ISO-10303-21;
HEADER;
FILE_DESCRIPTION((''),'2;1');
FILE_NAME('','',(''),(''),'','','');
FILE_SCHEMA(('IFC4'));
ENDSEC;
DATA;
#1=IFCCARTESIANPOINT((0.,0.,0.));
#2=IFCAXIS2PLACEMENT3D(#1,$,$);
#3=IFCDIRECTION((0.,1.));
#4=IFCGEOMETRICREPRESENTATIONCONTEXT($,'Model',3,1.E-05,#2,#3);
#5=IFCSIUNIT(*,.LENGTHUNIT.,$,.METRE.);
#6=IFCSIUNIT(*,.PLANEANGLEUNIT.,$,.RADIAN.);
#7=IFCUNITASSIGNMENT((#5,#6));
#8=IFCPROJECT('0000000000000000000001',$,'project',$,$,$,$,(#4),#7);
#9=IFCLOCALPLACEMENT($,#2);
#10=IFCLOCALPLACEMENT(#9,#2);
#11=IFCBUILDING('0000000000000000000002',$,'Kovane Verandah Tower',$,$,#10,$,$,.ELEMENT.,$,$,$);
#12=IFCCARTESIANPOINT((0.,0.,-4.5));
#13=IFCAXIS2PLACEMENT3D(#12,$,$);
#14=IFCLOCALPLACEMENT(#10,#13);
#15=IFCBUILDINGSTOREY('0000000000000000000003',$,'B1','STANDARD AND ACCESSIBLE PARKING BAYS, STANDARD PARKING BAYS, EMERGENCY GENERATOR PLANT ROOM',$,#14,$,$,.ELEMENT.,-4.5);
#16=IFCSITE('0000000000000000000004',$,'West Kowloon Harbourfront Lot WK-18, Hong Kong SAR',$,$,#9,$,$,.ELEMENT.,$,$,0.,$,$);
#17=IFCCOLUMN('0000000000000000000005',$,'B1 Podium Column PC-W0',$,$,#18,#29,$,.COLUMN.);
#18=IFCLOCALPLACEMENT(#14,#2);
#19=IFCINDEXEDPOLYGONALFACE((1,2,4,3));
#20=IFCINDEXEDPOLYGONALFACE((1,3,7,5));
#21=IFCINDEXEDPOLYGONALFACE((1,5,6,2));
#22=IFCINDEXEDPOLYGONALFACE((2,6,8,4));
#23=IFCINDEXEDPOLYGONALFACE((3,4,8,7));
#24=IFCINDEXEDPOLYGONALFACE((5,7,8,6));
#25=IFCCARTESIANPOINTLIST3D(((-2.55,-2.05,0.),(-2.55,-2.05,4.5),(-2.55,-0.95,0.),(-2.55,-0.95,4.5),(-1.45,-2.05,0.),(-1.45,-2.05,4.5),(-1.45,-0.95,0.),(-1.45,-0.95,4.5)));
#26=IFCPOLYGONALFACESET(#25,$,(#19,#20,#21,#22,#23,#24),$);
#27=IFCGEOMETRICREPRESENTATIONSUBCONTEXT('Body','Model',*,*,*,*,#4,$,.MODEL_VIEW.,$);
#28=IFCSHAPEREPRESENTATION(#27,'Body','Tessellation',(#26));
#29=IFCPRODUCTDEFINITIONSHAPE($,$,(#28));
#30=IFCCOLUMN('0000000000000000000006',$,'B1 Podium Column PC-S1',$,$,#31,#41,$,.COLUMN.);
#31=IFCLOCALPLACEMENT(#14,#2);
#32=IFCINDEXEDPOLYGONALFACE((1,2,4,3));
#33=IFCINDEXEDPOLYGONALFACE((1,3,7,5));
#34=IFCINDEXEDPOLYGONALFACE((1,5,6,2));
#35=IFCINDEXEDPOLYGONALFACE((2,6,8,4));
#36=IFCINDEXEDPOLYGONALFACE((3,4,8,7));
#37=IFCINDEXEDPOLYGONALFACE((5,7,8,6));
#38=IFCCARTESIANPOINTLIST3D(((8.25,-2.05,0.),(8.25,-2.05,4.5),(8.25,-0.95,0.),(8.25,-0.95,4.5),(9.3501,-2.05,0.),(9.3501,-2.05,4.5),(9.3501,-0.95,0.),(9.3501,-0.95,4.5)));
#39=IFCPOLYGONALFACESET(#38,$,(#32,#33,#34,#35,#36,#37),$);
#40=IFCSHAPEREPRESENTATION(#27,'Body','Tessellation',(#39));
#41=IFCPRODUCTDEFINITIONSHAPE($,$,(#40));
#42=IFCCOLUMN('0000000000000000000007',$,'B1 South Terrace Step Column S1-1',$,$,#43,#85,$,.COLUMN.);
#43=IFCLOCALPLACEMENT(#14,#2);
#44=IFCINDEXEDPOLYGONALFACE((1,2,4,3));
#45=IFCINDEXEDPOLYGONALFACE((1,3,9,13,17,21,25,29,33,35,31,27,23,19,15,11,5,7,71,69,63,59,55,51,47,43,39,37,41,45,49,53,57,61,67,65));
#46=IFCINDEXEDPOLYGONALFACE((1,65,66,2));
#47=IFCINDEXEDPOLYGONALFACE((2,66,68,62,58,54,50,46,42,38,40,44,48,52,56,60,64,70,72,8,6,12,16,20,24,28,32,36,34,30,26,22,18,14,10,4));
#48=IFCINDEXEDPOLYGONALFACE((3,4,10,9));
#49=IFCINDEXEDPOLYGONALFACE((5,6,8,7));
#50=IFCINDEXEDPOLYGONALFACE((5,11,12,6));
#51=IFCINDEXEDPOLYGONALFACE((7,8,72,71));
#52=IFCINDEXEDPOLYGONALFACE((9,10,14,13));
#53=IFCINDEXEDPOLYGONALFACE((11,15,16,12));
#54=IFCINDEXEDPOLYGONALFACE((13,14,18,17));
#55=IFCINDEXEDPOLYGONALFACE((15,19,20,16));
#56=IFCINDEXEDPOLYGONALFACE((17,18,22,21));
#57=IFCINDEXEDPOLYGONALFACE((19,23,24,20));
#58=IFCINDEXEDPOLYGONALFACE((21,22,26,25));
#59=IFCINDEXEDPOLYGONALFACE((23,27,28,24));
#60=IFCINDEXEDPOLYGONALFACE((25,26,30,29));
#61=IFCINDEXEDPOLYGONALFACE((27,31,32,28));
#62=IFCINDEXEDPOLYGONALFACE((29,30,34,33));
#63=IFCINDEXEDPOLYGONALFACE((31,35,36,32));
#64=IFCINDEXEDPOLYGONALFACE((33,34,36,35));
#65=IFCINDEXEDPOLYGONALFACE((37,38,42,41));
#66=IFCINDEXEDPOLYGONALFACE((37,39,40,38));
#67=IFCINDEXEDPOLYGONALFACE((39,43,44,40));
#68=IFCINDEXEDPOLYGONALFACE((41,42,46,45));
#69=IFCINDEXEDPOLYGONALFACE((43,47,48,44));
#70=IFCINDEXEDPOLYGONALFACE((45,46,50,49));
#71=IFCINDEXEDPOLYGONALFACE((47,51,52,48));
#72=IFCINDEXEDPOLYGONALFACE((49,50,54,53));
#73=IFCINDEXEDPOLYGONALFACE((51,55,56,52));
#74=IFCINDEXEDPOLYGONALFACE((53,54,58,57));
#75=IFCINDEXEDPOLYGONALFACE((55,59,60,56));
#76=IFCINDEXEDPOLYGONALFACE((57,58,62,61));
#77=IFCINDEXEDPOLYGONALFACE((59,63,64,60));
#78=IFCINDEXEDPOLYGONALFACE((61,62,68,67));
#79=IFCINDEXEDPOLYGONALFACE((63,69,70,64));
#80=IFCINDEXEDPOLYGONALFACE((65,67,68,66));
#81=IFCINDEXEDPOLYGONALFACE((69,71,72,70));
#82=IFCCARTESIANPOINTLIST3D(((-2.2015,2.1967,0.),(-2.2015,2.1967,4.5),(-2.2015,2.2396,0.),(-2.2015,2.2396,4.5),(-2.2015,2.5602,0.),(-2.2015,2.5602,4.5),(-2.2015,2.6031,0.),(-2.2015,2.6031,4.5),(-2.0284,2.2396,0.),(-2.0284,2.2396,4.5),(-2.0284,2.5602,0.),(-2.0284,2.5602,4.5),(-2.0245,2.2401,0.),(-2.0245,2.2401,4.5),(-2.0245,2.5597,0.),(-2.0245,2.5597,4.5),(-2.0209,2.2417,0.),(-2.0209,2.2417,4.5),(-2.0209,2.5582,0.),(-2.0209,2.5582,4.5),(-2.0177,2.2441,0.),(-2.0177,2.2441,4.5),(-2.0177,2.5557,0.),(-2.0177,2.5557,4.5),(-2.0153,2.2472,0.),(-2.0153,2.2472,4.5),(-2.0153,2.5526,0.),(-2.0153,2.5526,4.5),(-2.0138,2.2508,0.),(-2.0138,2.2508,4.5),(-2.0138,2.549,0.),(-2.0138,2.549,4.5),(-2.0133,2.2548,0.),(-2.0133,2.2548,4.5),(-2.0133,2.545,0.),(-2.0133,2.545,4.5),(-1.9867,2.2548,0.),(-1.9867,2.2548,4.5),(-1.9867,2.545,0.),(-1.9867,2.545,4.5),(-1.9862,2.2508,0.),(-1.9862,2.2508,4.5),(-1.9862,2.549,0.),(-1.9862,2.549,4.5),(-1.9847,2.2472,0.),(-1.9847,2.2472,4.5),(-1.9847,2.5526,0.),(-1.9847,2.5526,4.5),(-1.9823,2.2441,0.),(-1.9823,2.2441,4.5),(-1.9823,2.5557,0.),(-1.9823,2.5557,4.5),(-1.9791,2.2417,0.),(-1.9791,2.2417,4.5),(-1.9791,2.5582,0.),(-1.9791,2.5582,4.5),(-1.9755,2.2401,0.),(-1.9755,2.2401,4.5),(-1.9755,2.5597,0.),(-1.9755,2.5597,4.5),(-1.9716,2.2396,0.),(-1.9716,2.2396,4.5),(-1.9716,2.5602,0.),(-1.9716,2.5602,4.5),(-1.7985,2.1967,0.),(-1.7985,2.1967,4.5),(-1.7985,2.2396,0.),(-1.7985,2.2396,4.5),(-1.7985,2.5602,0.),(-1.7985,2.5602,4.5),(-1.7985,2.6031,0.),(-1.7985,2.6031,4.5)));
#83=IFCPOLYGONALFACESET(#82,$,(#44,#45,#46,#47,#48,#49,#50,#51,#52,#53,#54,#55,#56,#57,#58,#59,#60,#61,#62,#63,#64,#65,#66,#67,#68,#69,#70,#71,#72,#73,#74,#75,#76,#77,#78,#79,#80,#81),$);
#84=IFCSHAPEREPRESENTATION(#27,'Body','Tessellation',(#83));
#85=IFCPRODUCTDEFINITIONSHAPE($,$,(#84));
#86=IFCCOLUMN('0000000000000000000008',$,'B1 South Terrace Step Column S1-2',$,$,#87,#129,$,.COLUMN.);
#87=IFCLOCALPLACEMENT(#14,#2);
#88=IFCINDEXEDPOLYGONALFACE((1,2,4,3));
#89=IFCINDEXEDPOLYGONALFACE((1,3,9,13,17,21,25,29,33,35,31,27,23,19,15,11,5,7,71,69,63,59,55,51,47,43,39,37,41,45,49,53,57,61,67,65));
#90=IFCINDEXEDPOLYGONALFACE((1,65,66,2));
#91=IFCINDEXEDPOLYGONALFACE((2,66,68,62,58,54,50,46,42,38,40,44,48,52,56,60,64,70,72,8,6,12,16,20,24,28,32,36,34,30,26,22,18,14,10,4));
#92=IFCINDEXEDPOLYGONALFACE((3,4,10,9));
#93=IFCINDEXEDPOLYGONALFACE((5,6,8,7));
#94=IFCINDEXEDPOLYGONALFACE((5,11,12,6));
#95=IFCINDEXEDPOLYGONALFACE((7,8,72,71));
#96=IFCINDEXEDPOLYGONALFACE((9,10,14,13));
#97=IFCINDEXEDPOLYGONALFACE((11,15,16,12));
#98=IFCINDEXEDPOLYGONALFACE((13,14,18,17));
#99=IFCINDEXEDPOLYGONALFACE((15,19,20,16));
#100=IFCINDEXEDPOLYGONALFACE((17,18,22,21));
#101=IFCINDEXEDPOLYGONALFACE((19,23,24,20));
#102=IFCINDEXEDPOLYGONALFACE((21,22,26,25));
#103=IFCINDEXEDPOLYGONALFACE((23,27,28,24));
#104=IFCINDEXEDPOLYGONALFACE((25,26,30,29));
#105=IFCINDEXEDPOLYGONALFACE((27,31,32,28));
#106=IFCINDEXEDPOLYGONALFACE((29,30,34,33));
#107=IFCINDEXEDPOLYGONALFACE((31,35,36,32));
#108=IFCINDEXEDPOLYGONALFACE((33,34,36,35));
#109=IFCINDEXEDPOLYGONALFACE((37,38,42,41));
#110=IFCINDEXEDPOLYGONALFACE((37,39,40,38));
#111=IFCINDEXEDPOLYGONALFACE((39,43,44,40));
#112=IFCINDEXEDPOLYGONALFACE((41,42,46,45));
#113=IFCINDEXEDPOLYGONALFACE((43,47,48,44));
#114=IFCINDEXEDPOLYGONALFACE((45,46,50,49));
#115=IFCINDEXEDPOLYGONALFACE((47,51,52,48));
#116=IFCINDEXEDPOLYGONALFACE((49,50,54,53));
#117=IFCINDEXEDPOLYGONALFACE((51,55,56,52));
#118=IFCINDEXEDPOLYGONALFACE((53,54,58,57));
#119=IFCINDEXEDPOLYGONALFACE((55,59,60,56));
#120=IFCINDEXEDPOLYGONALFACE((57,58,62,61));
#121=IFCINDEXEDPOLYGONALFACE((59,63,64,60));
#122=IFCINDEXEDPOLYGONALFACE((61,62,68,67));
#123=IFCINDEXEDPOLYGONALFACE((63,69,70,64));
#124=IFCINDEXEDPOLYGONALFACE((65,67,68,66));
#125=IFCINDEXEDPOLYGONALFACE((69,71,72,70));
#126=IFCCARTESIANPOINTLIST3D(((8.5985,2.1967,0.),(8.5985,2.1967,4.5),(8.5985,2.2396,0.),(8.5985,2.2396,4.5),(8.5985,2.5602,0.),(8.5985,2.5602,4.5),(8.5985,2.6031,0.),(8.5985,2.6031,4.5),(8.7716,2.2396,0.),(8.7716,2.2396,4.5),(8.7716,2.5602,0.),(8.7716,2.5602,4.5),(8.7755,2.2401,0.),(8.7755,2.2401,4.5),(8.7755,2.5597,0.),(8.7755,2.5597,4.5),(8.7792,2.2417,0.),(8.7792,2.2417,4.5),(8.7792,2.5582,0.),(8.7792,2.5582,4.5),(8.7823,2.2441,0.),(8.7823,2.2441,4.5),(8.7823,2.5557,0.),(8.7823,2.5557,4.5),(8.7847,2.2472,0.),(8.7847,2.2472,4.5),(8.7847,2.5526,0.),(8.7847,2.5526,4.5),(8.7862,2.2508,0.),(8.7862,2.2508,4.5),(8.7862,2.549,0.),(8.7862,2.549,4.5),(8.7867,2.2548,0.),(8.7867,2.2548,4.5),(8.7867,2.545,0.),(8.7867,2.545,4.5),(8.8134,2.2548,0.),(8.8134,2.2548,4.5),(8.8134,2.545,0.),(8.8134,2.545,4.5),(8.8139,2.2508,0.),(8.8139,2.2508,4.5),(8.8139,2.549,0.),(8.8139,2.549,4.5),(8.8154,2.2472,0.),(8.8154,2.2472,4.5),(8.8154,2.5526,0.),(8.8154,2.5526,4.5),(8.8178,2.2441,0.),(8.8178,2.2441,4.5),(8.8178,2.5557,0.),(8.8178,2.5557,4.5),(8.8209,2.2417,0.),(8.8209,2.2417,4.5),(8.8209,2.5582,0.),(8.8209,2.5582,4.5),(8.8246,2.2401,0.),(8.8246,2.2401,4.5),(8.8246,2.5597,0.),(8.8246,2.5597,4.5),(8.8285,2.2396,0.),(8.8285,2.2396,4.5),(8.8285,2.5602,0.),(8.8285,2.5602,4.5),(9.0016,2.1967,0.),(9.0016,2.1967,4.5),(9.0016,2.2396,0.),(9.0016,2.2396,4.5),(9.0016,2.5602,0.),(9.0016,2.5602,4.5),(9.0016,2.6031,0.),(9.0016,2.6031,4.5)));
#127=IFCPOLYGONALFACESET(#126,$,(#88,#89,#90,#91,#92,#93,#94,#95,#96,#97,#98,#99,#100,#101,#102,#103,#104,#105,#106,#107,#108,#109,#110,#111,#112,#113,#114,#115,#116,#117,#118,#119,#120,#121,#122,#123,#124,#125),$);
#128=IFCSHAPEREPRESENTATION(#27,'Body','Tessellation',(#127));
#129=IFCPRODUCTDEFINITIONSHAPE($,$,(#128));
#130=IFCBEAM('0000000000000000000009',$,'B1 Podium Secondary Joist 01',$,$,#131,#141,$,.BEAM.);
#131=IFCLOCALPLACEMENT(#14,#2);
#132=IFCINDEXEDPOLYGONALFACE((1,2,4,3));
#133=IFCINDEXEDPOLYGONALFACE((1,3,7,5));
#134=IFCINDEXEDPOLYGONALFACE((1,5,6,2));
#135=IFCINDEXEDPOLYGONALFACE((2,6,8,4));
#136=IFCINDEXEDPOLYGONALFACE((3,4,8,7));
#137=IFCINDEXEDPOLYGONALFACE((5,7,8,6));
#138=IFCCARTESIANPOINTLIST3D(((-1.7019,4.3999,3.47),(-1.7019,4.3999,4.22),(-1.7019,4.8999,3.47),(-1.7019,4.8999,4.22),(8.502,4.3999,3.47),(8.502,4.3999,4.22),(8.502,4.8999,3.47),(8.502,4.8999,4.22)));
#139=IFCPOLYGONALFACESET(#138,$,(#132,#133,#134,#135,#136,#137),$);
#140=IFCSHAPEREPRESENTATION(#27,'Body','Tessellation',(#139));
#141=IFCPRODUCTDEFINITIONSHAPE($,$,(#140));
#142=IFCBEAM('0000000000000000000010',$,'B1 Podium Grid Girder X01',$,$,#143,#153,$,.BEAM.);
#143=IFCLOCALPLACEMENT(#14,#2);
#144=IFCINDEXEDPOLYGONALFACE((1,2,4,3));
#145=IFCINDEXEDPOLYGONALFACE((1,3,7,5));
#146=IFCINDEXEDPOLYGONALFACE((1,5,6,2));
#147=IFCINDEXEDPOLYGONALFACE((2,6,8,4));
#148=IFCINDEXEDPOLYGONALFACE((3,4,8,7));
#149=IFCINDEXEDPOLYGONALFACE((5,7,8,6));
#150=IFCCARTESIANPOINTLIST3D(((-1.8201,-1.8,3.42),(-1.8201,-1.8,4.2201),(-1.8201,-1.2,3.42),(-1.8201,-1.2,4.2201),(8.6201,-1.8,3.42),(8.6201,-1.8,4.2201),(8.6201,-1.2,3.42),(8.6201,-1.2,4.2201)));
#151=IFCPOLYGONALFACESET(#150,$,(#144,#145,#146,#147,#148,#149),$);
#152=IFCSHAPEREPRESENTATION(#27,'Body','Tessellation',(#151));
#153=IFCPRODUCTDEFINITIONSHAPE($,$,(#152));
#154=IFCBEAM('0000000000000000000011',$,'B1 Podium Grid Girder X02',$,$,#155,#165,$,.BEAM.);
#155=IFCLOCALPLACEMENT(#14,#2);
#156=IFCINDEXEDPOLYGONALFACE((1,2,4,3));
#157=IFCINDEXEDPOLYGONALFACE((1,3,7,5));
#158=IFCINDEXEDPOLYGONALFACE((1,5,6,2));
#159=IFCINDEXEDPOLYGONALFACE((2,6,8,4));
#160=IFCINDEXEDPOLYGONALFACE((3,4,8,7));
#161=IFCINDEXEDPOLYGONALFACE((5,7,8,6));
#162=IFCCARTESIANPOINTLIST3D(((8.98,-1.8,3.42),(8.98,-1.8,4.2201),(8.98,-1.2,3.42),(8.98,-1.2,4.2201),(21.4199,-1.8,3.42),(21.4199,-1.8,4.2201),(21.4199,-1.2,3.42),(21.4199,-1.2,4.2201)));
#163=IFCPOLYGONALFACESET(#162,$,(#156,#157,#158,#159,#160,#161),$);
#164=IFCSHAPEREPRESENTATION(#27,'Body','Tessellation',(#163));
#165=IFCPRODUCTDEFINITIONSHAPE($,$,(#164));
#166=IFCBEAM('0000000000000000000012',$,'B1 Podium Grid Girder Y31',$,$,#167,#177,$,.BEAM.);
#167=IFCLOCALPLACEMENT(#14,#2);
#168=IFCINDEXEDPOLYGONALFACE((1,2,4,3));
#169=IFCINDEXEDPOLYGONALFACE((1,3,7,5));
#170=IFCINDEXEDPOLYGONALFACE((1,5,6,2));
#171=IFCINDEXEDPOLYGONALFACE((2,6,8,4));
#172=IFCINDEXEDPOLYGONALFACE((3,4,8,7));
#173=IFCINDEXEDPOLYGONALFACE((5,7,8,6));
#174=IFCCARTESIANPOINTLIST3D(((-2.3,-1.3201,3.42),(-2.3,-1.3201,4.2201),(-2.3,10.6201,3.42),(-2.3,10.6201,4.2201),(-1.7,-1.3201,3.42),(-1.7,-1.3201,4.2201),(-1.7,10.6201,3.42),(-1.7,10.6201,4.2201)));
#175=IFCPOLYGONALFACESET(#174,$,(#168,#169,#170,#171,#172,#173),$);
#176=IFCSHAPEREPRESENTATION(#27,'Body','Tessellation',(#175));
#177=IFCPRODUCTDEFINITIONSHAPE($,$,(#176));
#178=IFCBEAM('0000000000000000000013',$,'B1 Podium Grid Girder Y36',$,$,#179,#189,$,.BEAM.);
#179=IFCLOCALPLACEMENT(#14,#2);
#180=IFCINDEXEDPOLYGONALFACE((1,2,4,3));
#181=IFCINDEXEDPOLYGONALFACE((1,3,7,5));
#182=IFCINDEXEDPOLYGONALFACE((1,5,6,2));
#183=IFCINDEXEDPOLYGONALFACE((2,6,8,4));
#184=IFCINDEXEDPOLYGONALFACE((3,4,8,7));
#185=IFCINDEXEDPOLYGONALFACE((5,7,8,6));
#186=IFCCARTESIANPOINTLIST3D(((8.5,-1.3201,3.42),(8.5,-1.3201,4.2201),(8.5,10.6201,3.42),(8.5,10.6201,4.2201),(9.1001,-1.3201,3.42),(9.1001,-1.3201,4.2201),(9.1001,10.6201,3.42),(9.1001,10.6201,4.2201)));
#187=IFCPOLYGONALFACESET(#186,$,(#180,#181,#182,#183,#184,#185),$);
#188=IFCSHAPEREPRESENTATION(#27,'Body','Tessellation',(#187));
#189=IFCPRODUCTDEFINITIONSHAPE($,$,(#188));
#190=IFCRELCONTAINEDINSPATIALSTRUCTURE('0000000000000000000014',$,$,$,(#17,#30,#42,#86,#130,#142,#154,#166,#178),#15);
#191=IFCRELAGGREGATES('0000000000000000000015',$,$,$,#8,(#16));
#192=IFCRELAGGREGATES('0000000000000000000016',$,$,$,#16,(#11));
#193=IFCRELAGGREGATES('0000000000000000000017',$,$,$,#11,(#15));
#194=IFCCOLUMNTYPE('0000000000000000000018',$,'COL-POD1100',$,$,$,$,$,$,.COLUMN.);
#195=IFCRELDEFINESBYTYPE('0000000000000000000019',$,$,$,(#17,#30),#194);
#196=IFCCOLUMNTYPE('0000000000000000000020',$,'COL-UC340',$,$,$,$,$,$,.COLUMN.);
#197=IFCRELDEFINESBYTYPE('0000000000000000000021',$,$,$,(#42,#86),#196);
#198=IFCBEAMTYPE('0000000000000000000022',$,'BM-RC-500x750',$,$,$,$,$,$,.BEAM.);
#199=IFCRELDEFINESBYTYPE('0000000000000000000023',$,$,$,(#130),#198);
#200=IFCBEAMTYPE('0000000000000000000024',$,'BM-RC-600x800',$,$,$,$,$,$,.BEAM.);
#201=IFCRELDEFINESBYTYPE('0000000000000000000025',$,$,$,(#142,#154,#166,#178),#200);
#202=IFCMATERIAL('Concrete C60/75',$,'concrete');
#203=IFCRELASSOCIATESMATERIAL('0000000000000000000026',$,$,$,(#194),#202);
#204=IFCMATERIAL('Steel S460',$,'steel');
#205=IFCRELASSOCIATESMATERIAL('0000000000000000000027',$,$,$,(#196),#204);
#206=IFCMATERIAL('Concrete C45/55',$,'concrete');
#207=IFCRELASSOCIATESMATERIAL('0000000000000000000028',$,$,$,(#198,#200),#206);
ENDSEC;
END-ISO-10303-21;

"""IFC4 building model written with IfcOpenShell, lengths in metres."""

from ifc_helpers import new_model, si_unit, direction, frame, origin, origin_2d, place, context, subcontext, project, spatial, rectangle, i_section, extrude, material, material_profile, profile_set, type_object, element, save


model = new_model("IFC4")

# Units and contexts
model_context = context("Model", 3, precision=1e-05, world=origin(), true_north=direction((0.0, 1.0)))
body_context = subcontext(model_context, "Body", "Model", "MODEL_VIEW")
ifc_project = project(units=[si_unit("LENGTHUNIT", "METRE"), si_unit("PLANEANGLEUNIT", "RADIAN")], contexts=[model_context])

# Site, building, storey
site_placement = place(None, origin())
site = spatial("IfcSite", under=ifc_project, at=site_placement, Name="West Kowloon Harbourfront Lot WK-18, Hong Kong SAR", CompositionType="ELEMENT", RefElevation=0.0)
building_placement = place(site_placement, origin())
building = spatial("IfcBuilding", under=site, at=building_placement, Name="Kovane Verandah Tower", CompositionType="ELEMENT")
storey_placement = place(building_placement, frame((0.0, 0.0, -4.5)))
storey = spatial("IfcBuildingStorey", under=building, at=storey_placement, Name="B1", Description="STANDARD AND ACCESSIBLE PARKING BAYS, STANDARD PARKING BAYS, EMERGENCY GENERATOR PLANT ROOM", CompositionType="ELEMENT", Elevation=-4.5)

# Columns
ifc_material_1 = material(Name="Concrete C60/75", Category="concrete")
ifc_material_profile_1 = material_profile(ifc_material_1, rectangle(XDim=1.1001, YDim=1.1001, at=origin_2d()), Name="RC1100x1100")
ifc_profile_set_1 = profile_set([ifc_material_profile_1], Name="Concrete C60/75")
column_type_1 = type_object("IfcColumnType", Name="COL-POD1100", PredefinedType="COLUMN", material=ifc_profile_set_1)
for number, where, z_axis, x_axis, name in (
    (1, (-2.0, -1.5, 0.0), (0.0, 0.0, 1.0), (1.0, 0.0, 0.0), "B1 Podium Column PC-W0"),
    (2, (8.8, -1.5, 0.0), (0.0, 0.0, 1.0), (1.0, 0.0, 0.0), "B1 Podium Column PC-S1"),
):
    element("IfcColumn", number, at=place(storey_placement, frame(where, z_axis=z_axis, x_axis=x_axis)), inside=storey, type_object=column_type_1, Name=name, PredefinedType="COLUMN", context=body_context, shape_type="SweptSolid", body=[
        extrude(rectangle(XDim=1.1001, YDim=1.1001, at=origin_2d()), origin(), (0.0, 0.0, 1.0), 4.5),
    ])
ifc_material_2 = material(Name="Steel S460", Category="steel")
ifc_material_profile_2 = material_profile(ifc_material_2, i_section(OverallWidth=0.4031, OverallDepth=0.4065, WebThickness=0.0266, FlangeThickness=0.043, FilletRadius=0.0151, at=origin_2d()), Name="UC356x406x340")
ifc_profile_set_2 = profile_set([ifc_material_profile_2], Name="Steel S460")
column_type_2 = type_object("IfcColumnType", Name="COL-UC340", PredefinedType="COLUMN", material=ifc_profile_set_2)
for number, where, z_axis, x_axis, name in (
    (3, (-2.0, 2.3999, 0.0), (0.0, 0.0, 1.0), (1.0, 0.0, 0.0), "B1 South Terrace Step Column S1-1"),
    (4, (8.8, 2.3999, 0.0), (0.0, 0.0, 1.0), (1.0, 0.0, 0.0), "B1 South Terrace Step Column S1-2"),
):
    element("IfcColumn", number, at=place(storey_placement, frame(where, z_axis=z_axis, x_axis=x_axis)), inside=storey, type_object=column_type_2, Name=name, PredefinedType="COLUMN", context=body_context, shape_type="SweptSolid", body=[
        extrude(i_section(OverallWidth=0.4031, OverallDepth=0.4065, WebThickness=0.0266, FlangeThickness=0.043, FilletRadius=0.0151, at=origin_2d()), origin(), (0.0, 0.0, 1.0), 4.5),
    ])

# Beams
ifc_material_3 = material(Name="Concrete C45/55", Category="concrete")
ifc_material_profile_3 = material_profile(ifc_material_3, rectangle(XDim=0.5, YDim=0.75, at=origin_2d()), Name="RCB500x750")
ifc_profile_set_3 = profile_set([ifc_material_profile_3], Name="Concrete C45/55")
beam_type_1 = type_object("IfcBeamType", Name="BM-RC-500x750", PredefinedType="BEAM", material=ifc_profile_set_3)
beam_1_placement = place(storey_placement, frame((-1.7019, 4.6499, 3.845), z_axis=(1.0, 0.0, 0.0), x_axis=(0.0, 1.0, 0.0)))
element("IfcBeam", 5, at=beam_1_placement, inside=storey, type_object=beam_type_1, Name="B1 Podium Secondary Joist 01", PredefinedType="BEAM", context=body_context, shape_type="SweptSolid", body=[
    extrude(rectangle(XDim=0.5, YDim=0.75, at=origin_2d()), origin(), (0.0, 0.0, 1.0), 10.2039),
])
ifc_material_profile_4 = material_profile(ifc_material_3, rectangle(XDim=0.6001, YDim=0.8, at=origin_2d()), Name="RCB600x800")
ifc_profile_set_4 = profile_set([ifc_material_profile_4], Name="Concrete C45/55")
beam_type_2 = type_object("IfcBeamType", Name="BM-RC-600x800", PredefinedType="BEAM", material=ifc_profile_set_4)
beam_2_placement = place(storey_placement, frame((-1.8201, -1.5, 3.8201), z_axis=(1.0, 0.0, 0.0), x_axis=(0.0, 1.0, 0.0)))
element("IfcBeam", 6, at=beam_2_placement, inside=storey, type_object=beam_type_2, Name="B1 Podium Grid Girder X01", PredefinedType="BEAM", context=body_context, shape_type="SweptSolid", body=[
    extrude(rectangle(XDim=0.6001, YDim=0.8, at=origin_2d()), origin(), (0.0, 0.0, 1.0), 10.4402),
])
beam_3_placement = place(storey_placement, frame((8.98, -1.5, 3.8201), z_axis=(1.0, 0.0, 0.0), x_axis=(0.0, 1.0, 0.0)))
element("IfcBeam", 7, at=beam_3_placement, inside=storey, type_object=beam_type_2, Name="B1 Podium Grid Girder X02", PredefinedType="BEAM", context=body_context, shape_type="SweptSolid", body=[
    extrude(rectangle(XDim=0.6001, YDim=0.8, at=origin_2d()), origin(), (0.0, 0.0, 1.0), 12.4399),
])
for number, where, z_axis, x_axis, name in (
    (8, (-2.0, -1.3201, 3.8201), (0.0, 1.0, 0.0), (-1.0, 0.0, 0.0), "B1 Podium Grid Girder Y31"),
    (9, (8.8, -1.3201, 3.8201), (0.0, 1.0, 0.0), (-1.0, 0.0, 0.0), "B1 Podium Grid Girder Y36"),
):
    element("IfcBeam", number, at=place(storey_placement, frame(where, z_axis=z_axis, x_axis=x_axis)), inside=storey, type_object=beam_type_2, Name=name, PredefinedType="BEAM", context=body_context, shape_type="SweptSolid", body=[
        extrude(rectangle(XDim=0.6001, YDim=0.8, at=origin_2d()), origin(), (0.0, 0.0, 1.0), 11.9402),
    ])

save(model, "model.ifc")
